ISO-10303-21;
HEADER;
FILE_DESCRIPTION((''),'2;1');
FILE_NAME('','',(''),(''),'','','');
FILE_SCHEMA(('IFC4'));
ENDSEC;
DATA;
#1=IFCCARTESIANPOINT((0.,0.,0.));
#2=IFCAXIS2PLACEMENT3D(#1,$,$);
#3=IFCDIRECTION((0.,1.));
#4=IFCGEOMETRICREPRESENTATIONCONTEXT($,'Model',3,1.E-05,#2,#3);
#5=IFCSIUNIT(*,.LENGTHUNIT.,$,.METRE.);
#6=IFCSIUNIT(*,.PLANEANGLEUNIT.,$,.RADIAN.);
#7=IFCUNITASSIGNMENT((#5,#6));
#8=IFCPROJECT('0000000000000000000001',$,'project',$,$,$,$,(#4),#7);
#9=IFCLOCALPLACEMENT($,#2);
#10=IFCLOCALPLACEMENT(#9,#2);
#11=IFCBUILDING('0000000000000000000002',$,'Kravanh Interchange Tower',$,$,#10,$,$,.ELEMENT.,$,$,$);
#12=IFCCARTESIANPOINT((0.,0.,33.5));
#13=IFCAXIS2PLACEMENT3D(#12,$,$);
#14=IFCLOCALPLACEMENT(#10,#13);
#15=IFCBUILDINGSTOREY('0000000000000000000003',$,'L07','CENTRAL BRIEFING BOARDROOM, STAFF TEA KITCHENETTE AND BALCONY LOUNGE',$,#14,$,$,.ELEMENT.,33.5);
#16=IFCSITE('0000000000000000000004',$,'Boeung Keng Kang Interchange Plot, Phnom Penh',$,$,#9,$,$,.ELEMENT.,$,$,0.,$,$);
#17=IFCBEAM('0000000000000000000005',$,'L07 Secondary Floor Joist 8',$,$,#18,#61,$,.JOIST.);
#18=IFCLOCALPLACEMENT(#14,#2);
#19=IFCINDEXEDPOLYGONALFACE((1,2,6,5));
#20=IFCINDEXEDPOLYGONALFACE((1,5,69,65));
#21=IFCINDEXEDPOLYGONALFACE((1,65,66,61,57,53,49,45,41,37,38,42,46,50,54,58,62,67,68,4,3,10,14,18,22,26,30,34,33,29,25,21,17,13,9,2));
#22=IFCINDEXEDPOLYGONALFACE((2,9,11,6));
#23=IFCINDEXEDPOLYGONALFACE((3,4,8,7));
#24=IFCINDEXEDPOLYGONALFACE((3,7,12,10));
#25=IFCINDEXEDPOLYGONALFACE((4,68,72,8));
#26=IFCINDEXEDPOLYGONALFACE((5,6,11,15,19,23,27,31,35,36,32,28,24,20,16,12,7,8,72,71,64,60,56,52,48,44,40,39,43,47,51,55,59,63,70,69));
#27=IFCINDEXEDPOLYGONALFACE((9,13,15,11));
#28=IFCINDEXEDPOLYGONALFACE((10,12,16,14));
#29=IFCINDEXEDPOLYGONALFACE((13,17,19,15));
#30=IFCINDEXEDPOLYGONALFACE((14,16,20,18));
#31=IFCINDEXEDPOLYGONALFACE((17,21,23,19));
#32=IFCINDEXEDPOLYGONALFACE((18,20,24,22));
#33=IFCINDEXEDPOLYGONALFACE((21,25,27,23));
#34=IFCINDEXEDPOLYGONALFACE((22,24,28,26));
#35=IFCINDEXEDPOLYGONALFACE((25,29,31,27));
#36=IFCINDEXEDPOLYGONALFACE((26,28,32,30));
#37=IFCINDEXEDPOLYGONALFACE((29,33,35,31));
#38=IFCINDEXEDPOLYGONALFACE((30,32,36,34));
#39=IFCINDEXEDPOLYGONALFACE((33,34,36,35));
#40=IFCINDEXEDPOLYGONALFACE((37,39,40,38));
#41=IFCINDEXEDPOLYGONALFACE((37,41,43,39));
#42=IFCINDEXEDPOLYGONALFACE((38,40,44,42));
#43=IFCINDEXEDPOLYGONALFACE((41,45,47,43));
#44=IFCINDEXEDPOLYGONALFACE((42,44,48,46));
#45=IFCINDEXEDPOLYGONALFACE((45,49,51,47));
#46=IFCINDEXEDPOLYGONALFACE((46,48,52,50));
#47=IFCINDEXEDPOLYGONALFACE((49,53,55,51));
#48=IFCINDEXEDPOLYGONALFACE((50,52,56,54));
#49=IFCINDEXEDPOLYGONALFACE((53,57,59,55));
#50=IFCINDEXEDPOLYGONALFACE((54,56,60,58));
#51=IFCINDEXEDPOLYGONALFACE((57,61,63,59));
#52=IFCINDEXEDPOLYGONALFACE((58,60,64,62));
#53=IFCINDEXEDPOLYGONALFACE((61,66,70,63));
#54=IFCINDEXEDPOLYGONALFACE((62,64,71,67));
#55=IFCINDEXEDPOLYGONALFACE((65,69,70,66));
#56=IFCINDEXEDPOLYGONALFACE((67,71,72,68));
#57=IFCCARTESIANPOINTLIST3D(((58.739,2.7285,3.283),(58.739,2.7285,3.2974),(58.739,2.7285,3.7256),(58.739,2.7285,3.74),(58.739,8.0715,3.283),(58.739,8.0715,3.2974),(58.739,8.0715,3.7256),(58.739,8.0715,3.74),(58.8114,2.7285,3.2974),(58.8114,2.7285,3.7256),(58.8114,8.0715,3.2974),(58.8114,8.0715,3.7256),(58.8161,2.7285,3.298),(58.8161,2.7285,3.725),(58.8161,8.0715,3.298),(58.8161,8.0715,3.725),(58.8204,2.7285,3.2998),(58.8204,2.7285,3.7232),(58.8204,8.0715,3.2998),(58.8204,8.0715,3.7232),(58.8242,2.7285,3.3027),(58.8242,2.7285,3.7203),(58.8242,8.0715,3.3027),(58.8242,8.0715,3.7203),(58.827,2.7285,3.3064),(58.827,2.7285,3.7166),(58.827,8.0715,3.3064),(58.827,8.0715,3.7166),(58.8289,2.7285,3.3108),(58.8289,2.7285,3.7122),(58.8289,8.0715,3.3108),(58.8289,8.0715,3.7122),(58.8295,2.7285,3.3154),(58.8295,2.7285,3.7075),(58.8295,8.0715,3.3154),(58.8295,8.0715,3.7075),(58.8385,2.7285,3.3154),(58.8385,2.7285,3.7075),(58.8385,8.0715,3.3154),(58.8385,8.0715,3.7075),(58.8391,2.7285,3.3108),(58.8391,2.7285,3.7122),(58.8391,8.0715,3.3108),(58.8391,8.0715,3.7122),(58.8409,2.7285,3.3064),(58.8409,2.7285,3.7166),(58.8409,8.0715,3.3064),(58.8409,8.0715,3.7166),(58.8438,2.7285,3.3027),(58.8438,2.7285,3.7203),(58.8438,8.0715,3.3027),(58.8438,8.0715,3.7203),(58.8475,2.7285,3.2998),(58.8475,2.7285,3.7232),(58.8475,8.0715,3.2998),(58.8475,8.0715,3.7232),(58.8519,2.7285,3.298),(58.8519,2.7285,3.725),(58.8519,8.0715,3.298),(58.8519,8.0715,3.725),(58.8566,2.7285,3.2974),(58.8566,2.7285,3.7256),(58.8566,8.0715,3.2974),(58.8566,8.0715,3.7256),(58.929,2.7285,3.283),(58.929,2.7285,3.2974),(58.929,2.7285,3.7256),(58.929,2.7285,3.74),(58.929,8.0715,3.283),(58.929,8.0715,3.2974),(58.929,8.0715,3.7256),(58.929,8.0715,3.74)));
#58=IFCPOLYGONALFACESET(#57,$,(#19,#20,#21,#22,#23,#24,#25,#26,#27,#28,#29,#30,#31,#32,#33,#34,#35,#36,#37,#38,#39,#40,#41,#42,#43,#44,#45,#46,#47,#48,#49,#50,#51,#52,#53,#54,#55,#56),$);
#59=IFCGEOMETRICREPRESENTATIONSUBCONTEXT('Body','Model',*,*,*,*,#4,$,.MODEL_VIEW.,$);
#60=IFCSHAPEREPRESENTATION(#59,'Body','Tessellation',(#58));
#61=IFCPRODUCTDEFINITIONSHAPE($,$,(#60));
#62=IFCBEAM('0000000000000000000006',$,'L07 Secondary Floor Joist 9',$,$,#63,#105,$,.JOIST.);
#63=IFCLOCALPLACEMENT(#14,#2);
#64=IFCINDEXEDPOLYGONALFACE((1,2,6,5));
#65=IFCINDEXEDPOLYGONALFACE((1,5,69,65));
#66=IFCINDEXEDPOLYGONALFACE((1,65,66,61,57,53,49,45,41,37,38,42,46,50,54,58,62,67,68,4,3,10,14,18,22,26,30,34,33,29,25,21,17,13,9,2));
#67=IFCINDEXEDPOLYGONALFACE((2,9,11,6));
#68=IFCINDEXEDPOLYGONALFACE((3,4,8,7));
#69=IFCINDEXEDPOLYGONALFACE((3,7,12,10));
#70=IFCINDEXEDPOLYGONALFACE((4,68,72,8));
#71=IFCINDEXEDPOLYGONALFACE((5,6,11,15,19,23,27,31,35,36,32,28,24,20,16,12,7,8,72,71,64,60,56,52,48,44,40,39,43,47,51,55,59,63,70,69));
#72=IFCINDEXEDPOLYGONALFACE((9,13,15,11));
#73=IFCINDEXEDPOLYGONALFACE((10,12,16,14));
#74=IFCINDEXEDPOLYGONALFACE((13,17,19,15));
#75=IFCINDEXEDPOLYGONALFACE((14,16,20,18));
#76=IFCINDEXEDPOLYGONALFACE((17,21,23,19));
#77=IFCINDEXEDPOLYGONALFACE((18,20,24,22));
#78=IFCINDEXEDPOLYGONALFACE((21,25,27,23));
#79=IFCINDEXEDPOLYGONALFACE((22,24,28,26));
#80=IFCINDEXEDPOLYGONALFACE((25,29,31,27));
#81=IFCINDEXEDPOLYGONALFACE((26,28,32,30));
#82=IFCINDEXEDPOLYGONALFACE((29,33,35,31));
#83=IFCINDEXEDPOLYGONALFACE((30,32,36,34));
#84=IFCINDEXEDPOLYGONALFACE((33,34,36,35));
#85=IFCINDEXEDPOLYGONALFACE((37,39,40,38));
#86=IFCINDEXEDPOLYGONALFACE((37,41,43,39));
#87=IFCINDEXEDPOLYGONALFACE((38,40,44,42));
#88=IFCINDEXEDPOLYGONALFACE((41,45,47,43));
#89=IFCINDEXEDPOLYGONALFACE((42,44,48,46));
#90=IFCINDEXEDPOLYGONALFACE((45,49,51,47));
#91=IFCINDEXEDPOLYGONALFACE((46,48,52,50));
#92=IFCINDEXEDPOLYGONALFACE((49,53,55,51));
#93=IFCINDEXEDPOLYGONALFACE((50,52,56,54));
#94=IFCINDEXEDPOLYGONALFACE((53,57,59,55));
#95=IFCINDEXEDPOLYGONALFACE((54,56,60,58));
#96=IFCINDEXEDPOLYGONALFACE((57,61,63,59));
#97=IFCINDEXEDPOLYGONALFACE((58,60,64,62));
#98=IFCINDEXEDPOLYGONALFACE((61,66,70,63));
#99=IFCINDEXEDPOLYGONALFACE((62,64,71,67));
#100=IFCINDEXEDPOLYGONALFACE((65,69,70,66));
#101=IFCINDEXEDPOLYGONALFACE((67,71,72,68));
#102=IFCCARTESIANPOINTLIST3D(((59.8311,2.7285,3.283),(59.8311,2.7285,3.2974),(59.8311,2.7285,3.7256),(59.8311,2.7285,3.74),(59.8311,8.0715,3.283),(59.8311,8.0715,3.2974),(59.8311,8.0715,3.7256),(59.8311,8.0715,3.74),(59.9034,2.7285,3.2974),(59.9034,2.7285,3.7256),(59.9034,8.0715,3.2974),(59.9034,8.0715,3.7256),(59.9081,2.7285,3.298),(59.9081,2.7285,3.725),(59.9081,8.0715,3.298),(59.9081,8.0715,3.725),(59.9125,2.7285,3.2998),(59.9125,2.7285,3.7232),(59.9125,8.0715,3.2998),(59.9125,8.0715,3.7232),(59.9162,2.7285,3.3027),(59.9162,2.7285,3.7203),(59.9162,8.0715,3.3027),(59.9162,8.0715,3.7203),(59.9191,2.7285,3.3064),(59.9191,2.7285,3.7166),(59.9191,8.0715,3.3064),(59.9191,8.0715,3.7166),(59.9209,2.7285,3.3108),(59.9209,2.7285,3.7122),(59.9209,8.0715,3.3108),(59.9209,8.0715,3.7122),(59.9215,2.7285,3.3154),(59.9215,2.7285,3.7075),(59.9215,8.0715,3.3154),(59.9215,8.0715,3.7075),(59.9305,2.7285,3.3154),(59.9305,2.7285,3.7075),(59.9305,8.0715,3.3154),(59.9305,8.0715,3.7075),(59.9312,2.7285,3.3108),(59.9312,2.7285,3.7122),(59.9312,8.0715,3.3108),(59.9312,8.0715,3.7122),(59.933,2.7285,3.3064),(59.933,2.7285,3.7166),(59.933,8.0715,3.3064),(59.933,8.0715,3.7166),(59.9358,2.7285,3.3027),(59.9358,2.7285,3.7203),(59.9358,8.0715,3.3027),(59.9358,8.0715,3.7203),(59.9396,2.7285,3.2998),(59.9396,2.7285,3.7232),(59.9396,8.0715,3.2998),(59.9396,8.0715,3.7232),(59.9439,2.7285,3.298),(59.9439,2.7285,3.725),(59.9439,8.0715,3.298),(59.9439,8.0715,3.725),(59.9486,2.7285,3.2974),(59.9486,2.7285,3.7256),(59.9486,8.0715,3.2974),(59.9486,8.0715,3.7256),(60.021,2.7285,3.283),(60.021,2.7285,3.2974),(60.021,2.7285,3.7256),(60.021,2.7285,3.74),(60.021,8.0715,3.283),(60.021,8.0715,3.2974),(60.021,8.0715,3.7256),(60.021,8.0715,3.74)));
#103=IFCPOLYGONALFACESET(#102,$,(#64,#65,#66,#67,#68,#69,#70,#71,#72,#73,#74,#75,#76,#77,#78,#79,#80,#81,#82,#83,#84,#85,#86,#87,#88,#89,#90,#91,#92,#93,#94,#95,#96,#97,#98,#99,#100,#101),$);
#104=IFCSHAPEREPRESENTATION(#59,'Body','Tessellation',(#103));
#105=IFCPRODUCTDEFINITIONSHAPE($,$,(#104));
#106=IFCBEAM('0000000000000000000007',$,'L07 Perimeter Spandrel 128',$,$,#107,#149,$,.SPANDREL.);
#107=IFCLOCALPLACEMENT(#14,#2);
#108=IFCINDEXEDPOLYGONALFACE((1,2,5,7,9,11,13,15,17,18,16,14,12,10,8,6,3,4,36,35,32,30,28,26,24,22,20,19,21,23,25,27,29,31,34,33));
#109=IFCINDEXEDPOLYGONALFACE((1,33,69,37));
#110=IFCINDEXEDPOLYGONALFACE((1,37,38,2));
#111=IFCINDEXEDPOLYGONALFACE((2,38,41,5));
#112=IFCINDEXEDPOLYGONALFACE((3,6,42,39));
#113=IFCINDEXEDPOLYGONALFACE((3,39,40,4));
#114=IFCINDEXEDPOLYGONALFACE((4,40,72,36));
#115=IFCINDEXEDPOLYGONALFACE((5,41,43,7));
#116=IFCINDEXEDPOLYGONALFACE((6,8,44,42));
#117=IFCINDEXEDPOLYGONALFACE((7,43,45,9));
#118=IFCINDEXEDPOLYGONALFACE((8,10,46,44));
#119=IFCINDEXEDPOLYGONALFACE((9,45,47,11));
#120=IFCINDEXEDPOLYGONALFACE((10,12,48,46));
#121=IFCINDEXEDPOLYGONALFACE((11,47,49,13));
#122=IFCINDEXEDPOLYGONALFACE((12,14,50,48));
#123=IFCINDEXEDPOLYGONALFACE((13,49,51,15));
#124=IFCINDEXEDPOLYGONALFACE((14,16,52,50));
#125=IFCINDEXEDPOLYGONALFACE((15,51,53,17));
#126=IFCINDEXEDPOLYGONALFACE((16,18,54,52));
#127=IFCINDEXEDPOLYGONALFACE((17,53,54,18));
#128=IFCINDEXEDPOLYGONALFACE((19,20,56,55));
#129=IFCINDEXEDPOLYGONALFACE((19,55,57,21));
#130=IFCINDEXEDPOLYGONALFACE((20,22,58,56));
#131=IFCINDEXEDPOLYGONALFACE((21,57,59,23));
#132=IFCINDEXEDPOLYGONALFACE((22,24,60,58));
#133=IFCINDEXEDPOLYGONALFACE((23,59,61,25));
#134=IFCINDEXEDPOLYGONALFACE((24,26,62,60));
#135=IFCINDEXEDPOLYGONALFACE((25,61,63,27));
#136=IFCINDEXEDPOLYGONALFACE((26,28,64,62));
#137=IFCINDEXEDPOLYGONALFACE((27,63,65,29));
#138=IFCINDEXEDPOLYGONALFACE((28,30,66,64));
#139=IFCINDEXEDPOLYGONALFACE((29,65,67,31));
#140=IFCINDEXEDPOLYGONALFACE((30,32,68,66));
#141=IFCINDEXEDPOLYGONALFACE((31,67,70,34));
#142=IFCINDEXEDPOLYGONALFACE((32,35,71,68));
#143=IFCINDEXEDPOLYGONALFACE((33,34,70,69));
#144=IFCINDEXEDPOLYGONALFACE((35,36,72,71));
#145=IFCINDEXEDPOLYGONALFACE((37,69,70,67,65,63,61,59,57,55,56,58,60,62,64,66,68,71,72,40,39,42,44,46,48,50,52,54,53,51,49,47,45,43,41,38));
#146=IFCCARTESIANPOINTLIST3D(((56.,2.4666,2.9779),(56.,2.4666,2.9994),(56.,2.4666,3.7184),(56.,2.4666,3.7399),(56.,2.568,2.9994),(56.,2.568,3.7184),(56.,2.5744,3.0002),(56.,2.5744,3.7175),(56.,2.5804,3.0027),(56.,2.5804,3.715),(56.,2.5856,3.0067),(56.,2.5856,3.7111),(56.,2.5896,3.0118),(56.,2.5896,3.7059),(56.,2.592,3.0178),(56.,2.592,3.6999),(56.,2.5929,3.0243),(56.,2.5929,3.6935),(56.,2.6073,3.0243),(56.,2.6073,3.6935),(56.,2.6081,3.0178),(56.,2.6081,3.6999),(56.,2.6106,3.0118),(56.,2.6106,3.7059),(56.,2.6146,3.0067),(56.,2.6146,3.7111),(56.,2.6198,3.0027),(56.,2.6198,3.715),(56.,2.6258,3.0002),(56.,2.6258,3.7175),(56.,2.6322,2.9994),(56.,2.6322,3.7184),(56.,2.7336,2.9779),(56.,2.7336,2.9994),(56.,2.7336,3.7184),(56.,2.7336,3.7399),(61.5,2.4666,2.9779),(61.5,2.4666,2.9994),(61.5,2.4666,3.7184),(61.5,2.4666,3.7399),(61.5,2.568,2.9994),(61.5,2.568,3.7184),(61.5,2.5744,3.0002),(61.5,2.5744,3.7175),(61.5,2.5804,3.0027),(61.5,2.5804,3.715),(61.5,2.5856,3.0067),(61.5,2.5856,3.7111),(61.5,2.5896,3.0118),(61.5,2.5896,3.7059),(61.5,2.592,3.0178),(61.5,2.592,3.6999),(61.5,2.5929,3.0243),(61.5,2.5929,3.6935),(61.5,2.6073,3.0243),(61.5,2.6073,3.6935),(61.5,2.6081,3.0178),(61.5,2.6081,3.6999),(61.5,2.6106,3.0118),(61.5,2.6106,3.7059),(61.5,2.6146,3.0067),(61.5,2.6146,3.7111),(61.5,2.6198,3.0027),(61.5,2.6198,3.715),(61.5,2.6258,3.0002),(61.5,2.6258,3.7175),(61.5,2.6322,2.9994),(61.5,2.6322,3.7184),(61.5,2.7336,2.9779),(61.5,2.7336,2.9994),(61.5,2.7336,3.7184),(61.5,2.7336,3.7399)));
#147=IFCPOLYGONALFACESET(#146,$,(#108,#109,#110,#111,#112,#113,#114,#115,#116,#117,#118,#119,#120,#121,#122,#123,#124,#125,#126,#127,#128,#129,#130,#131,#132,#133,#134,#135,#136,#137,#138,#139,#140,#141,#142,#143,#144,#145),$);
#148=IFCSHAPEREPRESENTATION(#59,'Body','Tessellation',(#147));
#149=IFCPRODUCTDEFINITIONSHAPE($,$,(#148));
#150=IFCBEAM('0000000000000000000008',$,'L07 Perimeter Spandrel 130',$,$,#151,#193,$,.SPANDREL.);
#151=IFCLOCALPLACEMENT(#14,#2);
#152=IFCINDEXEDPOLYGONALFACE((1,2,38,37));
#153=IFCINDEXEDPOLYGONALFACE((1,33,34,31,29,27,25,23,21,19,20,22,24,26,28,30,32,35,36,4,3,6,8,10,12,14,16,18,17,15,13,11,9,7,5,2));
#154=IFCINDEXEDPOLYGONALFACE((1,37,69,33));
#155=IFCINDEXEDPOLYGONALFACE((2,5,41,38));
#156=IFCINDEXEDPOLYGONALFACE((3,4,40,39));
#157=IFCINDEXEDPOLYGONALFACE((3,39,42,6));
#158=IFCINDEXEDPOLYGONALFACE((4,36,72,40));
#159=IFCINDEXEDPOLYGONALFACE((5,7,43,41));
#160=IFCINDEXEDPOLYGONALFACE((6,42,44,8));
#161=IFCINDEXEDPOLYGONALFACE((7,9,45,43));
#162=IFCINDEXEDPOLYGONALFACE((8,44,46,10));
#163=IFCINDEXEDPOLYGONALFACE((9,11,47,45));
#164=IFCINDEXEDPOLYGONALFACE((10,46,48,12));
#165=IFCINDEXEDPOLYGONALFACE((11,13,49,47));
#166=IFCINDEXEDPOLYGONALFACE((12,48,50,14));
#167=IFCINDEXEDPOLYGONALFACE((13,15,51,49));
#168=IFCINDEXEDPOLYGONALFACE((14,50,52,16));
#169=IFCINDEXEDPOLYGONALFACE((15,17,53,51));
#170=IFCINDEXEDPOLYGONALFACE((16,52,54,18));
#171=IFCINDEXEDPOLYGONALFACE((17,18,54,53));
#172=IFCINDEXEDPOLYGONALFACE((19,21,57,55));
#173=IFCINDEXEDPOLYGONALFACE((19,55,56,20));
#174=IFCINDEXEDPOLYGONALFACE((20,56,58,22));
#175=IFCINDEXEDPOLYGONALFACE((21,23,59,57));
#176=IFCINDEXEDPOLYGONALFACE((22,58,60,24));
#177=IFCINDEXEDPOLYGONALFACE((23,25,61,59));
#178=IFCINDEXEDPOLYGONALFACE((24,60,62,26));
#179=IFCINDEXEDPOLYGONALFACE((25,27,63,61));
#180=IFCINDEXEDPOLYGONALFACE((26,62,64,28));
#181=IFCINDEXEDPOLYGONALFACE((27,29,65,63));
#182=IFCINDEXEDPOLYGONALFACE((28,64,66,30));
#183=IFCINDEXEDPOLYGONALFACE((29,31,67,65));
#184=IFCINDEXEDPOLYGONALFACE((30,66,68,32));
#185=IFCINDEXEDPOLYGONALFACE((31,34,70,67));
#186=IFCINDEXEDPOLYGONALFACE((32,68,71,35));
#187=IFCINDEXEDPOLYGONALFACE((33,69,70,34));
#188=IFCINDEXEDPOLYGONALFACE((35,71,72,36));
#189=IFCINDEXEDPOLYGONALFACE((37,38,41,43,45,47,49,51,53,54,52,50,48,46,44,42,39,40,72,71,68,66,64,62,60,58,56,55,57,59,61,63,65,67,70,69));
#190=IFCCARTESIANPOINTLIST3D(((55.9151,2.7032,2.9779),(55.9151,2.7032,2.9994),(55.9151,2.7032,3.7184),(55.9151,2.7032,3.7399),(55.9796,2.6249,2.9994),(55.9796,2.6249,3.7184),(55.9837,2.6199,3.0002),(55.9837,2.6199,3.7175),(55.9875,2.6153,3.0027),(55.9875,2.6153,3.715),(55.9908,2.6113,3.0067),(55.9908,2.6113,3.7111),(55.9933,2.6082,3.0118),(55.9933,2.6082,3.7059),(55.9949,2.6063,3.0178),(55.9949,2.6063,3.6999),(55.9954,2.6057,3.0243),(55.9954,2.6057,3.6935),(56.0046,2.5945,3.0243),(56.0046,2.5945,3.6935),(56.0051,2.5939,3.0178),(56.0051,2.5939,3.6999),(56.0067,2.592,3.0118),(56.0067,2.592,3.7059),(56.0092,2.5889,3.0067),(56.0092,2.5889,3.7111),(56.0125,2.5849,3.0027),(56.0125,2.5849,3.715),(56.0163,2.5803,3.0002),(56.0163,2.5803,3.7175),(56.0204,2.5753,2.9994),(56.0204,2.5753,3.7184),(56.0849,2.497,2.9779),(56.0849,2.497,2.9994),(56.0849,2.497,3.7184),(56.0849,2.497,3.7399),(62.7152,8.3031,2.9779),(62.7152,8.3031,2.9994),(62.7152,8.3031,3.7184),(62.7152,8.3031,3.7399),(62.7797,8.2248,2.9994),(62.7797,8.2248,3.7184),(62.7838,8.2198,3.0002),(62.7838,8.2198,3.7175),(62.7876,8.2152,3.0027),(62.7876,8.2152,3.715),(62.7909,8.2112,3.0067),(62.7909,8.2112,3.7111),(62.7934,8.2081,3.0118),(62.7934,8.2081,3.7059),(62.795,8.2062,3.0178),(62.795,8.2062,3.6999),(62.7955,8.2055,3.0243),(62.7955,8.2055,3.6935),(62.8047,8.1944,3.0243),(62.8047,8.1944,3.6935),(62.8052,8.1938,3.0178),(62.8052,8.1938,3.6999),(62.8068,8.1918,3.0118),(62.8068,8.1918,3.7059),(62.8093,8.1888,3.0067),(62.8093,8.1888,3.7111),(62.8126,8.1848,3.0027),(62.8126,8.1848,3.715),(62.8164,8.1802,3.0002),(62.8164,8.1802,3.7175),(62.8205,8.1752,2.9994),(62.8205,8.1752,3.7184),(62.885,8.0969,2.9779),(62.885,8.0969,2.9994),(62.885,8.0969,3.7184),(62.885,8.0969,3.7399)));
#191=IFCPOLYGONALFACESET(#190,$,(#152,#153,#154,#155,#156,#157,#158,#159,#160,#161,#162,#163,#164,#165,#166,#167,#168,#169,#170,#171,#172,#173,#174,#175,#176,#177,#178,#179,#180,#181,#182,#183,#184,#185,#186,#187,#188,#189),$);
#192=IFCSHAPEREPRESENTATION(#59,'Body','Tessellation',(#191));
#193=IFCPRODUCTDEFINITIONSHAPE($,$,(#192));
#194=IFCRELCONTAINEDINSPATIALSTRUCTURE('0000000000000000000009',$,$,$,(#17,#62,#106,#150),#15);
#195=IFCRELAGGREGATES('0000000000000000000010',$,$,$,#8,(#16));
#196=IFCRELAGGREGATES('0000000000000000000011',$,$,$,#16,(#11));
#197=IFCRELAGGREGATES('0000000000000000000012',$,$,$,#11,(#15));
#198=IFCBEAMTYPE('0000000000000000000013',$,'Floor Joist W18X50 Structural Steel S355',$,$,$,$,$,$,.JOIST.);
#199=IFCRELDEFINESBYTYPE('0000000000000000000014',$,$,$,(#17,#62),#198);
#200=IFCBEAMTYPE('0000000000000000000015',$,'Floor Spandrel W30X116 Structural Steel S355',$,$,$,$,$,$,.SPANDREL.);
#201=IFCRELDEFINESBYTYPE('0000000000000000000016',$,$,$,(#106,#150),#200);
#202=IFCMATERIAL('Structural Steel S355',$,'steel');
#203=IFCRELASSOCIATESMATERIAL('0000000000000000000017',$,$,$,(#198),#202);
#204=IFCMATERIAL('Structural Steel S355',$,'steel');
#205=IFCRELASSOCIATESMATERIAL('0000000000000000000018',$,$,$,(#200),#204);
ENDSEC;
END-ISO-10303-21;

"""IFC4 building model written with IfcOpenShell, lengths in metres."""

from ifc_helpers import new_model, si_unit, direction, frame, origin, origin_2d, place, context, subcontext, project, spatial, i_section, extrude, material, material_profile, profile_set, type_object, element, save


model = new_model("IFC4")

# Units and contexts
model_context = context("Model", 3, precision=1e-05, world=origin(), true_north=direction((0.0, 1.0)))
body_context = subcontext(model_context, "Body", "Model", "MODEL_VIEW")
ifc_project = project(units=[si_unit("LENGTHUNIT", "METRE"), si_unit("PLANEANGLEUNIT", "RADIAN")], contexts=[model_context])

# Site, building, storey
site_placement = place(None, origin())
site = spatial("IfcSite", under=ifc_project, at=site_placement, Name="Boeung Keng Kang Interchange Plot, Phnom Penh", CompositionType="ELEMENT", RefElevation=0.0)
building_placement = place(site_placement, origin())
building = spatial("IfcBuilding", under=site, at=building_placement, Name="Kravanh Interchange Tower", CompositionType="ELEMENT")
storey_placement = place(building_placement, frame((0.0, 0.0, 33.5)))
storey = spatial("IfcBuildingStorey", under=building, at=storey_placement, Name="L07", Description="CENTRAL BRIEFING BOARDROOM, STAFF TEA KITCHENETTE AND BALCONY LOUNGE", CompositionType="ELEMENT", Elevation=33.5)

# Beams
ifc_material_1 = material(Name="Structural Steel S355", Category="steel")
ifc_material_profile_1 = material_profile(ifc_material_1, i_section(OverallWidth=0.1899, OverallDepth=0.457, WebThickness=0.009, FlangeThickness=0.0144, FilletRadius=0.0181, at=origin_2d()), Name="W18X50")
ifc_profile_set_1 = profile_set([ifc_material_profile_1], Name="Structural Steel S355")
beam_type_1 = type_object("IfcBeamType", Name="Floor Joist W18X50 Structural Steel S355", PredefinedType="JOIST", material=ifc_profile_set_1)
for number, where, z_axis, x_axis, name in (
    (1, (58.834, 2.7285, 3.5115), (0.0, 1.0, 0.0), (-1.0, 0.0, 0.0), "L07 Secondary Floor Joist 8"),
    (2, (59.926, 2.7285, 3.5115), (0.0, 1.0, 0.0), (-1.0, 0.0, 0.0), "L07 Secondary Floor Joist 9"),
):
    element("IfcBeam", number, at=place(storey_placement, frame(where, z_axis=z_axis, x_axis=x_axis)), inside=storey, type_object=beam_type_1, Name=name, PredefinedType="JOIST", context=body_context, shape_type="SweptSolid", body=[
        extrude(i_section(OverallWidth=0.1899, OverallDepth=0.457, WebThickness=0.009, FlangeThickness=0.0144, FilletRadius=0.0181, at=origin_2d()), origin(), (0.0, 0.0, 1.0), 5.343),
    ])
ifc_material_2 = material(Name="Structural Steel S355", Category="steel")
ifc_material_profile_2 = material_profile(ifc_material_2, i_section(OverallWidth=0.2671, OverallDepth=0.762, WebThickness=0.0144, FlangeThickness=0.0215, FilletRadius=0.0249, at=origin_2d()), Name="W30X116")
ifc_profile_set_2 = profile_set([ifc_material_profile_2], Name="Structural Steel S355")
beam_type_2 = type_object("IfcBeamType", Name="Floor Spandrel W30X116 Structural Steel S355", PredefinedType="SPANDREL", material=ifc_profile_set_2)
beam_1_placement = place(storey_placement, frame((56.0, 2.6001, 3.3589), z_axis=(1.0, 0.0, 0.0), x_axis=(0.0, 1.0, 0.0)))
element("IfcBeam", 3, at=beam_1_placement, inside=storey, type_object=beam_type_2, Name="L07 Perimeter Spandrel 128", PredefinedType="SPANDREL", context=body_context, shape_type="SweptSolid", body=[
    extrude(i_section(OverallWidth=0.2671, OverallDepth=0.762, WebThickness=0.0144, FlangeThickness=0.0215, FilletRadius=0.0249, at=origin_2d()), origin(), (0.0, 0.0, 1.0), 5.5),
])
beam_2_placement = place(storey_placement, frame((56.0, 2.6001, 3.3589), z_axis=(0.771941, 0.635695, 0.0), x_axis=(-0.635695, 0.771941, 0.0)))
element("IfcBeam", 4, at=beam_2_placement, inside=storey, type_object=beam_type_2, Name="L07 Perimeter Spandrel 130", PredefinedType="SPANDREL", context=body_context, shape_type="SweptSolid", body=[
    extrude(i_section(OverallWidth=0.2671, OverallDepth=0.762, WebThickness=0.0144, FlangeThickness=0.0215, FilletRadius=0.0249, at=origin_2d()), origin(), (0.0, 0.0, 1.0), 8.8091),
])

save(model, "model.ifc")
